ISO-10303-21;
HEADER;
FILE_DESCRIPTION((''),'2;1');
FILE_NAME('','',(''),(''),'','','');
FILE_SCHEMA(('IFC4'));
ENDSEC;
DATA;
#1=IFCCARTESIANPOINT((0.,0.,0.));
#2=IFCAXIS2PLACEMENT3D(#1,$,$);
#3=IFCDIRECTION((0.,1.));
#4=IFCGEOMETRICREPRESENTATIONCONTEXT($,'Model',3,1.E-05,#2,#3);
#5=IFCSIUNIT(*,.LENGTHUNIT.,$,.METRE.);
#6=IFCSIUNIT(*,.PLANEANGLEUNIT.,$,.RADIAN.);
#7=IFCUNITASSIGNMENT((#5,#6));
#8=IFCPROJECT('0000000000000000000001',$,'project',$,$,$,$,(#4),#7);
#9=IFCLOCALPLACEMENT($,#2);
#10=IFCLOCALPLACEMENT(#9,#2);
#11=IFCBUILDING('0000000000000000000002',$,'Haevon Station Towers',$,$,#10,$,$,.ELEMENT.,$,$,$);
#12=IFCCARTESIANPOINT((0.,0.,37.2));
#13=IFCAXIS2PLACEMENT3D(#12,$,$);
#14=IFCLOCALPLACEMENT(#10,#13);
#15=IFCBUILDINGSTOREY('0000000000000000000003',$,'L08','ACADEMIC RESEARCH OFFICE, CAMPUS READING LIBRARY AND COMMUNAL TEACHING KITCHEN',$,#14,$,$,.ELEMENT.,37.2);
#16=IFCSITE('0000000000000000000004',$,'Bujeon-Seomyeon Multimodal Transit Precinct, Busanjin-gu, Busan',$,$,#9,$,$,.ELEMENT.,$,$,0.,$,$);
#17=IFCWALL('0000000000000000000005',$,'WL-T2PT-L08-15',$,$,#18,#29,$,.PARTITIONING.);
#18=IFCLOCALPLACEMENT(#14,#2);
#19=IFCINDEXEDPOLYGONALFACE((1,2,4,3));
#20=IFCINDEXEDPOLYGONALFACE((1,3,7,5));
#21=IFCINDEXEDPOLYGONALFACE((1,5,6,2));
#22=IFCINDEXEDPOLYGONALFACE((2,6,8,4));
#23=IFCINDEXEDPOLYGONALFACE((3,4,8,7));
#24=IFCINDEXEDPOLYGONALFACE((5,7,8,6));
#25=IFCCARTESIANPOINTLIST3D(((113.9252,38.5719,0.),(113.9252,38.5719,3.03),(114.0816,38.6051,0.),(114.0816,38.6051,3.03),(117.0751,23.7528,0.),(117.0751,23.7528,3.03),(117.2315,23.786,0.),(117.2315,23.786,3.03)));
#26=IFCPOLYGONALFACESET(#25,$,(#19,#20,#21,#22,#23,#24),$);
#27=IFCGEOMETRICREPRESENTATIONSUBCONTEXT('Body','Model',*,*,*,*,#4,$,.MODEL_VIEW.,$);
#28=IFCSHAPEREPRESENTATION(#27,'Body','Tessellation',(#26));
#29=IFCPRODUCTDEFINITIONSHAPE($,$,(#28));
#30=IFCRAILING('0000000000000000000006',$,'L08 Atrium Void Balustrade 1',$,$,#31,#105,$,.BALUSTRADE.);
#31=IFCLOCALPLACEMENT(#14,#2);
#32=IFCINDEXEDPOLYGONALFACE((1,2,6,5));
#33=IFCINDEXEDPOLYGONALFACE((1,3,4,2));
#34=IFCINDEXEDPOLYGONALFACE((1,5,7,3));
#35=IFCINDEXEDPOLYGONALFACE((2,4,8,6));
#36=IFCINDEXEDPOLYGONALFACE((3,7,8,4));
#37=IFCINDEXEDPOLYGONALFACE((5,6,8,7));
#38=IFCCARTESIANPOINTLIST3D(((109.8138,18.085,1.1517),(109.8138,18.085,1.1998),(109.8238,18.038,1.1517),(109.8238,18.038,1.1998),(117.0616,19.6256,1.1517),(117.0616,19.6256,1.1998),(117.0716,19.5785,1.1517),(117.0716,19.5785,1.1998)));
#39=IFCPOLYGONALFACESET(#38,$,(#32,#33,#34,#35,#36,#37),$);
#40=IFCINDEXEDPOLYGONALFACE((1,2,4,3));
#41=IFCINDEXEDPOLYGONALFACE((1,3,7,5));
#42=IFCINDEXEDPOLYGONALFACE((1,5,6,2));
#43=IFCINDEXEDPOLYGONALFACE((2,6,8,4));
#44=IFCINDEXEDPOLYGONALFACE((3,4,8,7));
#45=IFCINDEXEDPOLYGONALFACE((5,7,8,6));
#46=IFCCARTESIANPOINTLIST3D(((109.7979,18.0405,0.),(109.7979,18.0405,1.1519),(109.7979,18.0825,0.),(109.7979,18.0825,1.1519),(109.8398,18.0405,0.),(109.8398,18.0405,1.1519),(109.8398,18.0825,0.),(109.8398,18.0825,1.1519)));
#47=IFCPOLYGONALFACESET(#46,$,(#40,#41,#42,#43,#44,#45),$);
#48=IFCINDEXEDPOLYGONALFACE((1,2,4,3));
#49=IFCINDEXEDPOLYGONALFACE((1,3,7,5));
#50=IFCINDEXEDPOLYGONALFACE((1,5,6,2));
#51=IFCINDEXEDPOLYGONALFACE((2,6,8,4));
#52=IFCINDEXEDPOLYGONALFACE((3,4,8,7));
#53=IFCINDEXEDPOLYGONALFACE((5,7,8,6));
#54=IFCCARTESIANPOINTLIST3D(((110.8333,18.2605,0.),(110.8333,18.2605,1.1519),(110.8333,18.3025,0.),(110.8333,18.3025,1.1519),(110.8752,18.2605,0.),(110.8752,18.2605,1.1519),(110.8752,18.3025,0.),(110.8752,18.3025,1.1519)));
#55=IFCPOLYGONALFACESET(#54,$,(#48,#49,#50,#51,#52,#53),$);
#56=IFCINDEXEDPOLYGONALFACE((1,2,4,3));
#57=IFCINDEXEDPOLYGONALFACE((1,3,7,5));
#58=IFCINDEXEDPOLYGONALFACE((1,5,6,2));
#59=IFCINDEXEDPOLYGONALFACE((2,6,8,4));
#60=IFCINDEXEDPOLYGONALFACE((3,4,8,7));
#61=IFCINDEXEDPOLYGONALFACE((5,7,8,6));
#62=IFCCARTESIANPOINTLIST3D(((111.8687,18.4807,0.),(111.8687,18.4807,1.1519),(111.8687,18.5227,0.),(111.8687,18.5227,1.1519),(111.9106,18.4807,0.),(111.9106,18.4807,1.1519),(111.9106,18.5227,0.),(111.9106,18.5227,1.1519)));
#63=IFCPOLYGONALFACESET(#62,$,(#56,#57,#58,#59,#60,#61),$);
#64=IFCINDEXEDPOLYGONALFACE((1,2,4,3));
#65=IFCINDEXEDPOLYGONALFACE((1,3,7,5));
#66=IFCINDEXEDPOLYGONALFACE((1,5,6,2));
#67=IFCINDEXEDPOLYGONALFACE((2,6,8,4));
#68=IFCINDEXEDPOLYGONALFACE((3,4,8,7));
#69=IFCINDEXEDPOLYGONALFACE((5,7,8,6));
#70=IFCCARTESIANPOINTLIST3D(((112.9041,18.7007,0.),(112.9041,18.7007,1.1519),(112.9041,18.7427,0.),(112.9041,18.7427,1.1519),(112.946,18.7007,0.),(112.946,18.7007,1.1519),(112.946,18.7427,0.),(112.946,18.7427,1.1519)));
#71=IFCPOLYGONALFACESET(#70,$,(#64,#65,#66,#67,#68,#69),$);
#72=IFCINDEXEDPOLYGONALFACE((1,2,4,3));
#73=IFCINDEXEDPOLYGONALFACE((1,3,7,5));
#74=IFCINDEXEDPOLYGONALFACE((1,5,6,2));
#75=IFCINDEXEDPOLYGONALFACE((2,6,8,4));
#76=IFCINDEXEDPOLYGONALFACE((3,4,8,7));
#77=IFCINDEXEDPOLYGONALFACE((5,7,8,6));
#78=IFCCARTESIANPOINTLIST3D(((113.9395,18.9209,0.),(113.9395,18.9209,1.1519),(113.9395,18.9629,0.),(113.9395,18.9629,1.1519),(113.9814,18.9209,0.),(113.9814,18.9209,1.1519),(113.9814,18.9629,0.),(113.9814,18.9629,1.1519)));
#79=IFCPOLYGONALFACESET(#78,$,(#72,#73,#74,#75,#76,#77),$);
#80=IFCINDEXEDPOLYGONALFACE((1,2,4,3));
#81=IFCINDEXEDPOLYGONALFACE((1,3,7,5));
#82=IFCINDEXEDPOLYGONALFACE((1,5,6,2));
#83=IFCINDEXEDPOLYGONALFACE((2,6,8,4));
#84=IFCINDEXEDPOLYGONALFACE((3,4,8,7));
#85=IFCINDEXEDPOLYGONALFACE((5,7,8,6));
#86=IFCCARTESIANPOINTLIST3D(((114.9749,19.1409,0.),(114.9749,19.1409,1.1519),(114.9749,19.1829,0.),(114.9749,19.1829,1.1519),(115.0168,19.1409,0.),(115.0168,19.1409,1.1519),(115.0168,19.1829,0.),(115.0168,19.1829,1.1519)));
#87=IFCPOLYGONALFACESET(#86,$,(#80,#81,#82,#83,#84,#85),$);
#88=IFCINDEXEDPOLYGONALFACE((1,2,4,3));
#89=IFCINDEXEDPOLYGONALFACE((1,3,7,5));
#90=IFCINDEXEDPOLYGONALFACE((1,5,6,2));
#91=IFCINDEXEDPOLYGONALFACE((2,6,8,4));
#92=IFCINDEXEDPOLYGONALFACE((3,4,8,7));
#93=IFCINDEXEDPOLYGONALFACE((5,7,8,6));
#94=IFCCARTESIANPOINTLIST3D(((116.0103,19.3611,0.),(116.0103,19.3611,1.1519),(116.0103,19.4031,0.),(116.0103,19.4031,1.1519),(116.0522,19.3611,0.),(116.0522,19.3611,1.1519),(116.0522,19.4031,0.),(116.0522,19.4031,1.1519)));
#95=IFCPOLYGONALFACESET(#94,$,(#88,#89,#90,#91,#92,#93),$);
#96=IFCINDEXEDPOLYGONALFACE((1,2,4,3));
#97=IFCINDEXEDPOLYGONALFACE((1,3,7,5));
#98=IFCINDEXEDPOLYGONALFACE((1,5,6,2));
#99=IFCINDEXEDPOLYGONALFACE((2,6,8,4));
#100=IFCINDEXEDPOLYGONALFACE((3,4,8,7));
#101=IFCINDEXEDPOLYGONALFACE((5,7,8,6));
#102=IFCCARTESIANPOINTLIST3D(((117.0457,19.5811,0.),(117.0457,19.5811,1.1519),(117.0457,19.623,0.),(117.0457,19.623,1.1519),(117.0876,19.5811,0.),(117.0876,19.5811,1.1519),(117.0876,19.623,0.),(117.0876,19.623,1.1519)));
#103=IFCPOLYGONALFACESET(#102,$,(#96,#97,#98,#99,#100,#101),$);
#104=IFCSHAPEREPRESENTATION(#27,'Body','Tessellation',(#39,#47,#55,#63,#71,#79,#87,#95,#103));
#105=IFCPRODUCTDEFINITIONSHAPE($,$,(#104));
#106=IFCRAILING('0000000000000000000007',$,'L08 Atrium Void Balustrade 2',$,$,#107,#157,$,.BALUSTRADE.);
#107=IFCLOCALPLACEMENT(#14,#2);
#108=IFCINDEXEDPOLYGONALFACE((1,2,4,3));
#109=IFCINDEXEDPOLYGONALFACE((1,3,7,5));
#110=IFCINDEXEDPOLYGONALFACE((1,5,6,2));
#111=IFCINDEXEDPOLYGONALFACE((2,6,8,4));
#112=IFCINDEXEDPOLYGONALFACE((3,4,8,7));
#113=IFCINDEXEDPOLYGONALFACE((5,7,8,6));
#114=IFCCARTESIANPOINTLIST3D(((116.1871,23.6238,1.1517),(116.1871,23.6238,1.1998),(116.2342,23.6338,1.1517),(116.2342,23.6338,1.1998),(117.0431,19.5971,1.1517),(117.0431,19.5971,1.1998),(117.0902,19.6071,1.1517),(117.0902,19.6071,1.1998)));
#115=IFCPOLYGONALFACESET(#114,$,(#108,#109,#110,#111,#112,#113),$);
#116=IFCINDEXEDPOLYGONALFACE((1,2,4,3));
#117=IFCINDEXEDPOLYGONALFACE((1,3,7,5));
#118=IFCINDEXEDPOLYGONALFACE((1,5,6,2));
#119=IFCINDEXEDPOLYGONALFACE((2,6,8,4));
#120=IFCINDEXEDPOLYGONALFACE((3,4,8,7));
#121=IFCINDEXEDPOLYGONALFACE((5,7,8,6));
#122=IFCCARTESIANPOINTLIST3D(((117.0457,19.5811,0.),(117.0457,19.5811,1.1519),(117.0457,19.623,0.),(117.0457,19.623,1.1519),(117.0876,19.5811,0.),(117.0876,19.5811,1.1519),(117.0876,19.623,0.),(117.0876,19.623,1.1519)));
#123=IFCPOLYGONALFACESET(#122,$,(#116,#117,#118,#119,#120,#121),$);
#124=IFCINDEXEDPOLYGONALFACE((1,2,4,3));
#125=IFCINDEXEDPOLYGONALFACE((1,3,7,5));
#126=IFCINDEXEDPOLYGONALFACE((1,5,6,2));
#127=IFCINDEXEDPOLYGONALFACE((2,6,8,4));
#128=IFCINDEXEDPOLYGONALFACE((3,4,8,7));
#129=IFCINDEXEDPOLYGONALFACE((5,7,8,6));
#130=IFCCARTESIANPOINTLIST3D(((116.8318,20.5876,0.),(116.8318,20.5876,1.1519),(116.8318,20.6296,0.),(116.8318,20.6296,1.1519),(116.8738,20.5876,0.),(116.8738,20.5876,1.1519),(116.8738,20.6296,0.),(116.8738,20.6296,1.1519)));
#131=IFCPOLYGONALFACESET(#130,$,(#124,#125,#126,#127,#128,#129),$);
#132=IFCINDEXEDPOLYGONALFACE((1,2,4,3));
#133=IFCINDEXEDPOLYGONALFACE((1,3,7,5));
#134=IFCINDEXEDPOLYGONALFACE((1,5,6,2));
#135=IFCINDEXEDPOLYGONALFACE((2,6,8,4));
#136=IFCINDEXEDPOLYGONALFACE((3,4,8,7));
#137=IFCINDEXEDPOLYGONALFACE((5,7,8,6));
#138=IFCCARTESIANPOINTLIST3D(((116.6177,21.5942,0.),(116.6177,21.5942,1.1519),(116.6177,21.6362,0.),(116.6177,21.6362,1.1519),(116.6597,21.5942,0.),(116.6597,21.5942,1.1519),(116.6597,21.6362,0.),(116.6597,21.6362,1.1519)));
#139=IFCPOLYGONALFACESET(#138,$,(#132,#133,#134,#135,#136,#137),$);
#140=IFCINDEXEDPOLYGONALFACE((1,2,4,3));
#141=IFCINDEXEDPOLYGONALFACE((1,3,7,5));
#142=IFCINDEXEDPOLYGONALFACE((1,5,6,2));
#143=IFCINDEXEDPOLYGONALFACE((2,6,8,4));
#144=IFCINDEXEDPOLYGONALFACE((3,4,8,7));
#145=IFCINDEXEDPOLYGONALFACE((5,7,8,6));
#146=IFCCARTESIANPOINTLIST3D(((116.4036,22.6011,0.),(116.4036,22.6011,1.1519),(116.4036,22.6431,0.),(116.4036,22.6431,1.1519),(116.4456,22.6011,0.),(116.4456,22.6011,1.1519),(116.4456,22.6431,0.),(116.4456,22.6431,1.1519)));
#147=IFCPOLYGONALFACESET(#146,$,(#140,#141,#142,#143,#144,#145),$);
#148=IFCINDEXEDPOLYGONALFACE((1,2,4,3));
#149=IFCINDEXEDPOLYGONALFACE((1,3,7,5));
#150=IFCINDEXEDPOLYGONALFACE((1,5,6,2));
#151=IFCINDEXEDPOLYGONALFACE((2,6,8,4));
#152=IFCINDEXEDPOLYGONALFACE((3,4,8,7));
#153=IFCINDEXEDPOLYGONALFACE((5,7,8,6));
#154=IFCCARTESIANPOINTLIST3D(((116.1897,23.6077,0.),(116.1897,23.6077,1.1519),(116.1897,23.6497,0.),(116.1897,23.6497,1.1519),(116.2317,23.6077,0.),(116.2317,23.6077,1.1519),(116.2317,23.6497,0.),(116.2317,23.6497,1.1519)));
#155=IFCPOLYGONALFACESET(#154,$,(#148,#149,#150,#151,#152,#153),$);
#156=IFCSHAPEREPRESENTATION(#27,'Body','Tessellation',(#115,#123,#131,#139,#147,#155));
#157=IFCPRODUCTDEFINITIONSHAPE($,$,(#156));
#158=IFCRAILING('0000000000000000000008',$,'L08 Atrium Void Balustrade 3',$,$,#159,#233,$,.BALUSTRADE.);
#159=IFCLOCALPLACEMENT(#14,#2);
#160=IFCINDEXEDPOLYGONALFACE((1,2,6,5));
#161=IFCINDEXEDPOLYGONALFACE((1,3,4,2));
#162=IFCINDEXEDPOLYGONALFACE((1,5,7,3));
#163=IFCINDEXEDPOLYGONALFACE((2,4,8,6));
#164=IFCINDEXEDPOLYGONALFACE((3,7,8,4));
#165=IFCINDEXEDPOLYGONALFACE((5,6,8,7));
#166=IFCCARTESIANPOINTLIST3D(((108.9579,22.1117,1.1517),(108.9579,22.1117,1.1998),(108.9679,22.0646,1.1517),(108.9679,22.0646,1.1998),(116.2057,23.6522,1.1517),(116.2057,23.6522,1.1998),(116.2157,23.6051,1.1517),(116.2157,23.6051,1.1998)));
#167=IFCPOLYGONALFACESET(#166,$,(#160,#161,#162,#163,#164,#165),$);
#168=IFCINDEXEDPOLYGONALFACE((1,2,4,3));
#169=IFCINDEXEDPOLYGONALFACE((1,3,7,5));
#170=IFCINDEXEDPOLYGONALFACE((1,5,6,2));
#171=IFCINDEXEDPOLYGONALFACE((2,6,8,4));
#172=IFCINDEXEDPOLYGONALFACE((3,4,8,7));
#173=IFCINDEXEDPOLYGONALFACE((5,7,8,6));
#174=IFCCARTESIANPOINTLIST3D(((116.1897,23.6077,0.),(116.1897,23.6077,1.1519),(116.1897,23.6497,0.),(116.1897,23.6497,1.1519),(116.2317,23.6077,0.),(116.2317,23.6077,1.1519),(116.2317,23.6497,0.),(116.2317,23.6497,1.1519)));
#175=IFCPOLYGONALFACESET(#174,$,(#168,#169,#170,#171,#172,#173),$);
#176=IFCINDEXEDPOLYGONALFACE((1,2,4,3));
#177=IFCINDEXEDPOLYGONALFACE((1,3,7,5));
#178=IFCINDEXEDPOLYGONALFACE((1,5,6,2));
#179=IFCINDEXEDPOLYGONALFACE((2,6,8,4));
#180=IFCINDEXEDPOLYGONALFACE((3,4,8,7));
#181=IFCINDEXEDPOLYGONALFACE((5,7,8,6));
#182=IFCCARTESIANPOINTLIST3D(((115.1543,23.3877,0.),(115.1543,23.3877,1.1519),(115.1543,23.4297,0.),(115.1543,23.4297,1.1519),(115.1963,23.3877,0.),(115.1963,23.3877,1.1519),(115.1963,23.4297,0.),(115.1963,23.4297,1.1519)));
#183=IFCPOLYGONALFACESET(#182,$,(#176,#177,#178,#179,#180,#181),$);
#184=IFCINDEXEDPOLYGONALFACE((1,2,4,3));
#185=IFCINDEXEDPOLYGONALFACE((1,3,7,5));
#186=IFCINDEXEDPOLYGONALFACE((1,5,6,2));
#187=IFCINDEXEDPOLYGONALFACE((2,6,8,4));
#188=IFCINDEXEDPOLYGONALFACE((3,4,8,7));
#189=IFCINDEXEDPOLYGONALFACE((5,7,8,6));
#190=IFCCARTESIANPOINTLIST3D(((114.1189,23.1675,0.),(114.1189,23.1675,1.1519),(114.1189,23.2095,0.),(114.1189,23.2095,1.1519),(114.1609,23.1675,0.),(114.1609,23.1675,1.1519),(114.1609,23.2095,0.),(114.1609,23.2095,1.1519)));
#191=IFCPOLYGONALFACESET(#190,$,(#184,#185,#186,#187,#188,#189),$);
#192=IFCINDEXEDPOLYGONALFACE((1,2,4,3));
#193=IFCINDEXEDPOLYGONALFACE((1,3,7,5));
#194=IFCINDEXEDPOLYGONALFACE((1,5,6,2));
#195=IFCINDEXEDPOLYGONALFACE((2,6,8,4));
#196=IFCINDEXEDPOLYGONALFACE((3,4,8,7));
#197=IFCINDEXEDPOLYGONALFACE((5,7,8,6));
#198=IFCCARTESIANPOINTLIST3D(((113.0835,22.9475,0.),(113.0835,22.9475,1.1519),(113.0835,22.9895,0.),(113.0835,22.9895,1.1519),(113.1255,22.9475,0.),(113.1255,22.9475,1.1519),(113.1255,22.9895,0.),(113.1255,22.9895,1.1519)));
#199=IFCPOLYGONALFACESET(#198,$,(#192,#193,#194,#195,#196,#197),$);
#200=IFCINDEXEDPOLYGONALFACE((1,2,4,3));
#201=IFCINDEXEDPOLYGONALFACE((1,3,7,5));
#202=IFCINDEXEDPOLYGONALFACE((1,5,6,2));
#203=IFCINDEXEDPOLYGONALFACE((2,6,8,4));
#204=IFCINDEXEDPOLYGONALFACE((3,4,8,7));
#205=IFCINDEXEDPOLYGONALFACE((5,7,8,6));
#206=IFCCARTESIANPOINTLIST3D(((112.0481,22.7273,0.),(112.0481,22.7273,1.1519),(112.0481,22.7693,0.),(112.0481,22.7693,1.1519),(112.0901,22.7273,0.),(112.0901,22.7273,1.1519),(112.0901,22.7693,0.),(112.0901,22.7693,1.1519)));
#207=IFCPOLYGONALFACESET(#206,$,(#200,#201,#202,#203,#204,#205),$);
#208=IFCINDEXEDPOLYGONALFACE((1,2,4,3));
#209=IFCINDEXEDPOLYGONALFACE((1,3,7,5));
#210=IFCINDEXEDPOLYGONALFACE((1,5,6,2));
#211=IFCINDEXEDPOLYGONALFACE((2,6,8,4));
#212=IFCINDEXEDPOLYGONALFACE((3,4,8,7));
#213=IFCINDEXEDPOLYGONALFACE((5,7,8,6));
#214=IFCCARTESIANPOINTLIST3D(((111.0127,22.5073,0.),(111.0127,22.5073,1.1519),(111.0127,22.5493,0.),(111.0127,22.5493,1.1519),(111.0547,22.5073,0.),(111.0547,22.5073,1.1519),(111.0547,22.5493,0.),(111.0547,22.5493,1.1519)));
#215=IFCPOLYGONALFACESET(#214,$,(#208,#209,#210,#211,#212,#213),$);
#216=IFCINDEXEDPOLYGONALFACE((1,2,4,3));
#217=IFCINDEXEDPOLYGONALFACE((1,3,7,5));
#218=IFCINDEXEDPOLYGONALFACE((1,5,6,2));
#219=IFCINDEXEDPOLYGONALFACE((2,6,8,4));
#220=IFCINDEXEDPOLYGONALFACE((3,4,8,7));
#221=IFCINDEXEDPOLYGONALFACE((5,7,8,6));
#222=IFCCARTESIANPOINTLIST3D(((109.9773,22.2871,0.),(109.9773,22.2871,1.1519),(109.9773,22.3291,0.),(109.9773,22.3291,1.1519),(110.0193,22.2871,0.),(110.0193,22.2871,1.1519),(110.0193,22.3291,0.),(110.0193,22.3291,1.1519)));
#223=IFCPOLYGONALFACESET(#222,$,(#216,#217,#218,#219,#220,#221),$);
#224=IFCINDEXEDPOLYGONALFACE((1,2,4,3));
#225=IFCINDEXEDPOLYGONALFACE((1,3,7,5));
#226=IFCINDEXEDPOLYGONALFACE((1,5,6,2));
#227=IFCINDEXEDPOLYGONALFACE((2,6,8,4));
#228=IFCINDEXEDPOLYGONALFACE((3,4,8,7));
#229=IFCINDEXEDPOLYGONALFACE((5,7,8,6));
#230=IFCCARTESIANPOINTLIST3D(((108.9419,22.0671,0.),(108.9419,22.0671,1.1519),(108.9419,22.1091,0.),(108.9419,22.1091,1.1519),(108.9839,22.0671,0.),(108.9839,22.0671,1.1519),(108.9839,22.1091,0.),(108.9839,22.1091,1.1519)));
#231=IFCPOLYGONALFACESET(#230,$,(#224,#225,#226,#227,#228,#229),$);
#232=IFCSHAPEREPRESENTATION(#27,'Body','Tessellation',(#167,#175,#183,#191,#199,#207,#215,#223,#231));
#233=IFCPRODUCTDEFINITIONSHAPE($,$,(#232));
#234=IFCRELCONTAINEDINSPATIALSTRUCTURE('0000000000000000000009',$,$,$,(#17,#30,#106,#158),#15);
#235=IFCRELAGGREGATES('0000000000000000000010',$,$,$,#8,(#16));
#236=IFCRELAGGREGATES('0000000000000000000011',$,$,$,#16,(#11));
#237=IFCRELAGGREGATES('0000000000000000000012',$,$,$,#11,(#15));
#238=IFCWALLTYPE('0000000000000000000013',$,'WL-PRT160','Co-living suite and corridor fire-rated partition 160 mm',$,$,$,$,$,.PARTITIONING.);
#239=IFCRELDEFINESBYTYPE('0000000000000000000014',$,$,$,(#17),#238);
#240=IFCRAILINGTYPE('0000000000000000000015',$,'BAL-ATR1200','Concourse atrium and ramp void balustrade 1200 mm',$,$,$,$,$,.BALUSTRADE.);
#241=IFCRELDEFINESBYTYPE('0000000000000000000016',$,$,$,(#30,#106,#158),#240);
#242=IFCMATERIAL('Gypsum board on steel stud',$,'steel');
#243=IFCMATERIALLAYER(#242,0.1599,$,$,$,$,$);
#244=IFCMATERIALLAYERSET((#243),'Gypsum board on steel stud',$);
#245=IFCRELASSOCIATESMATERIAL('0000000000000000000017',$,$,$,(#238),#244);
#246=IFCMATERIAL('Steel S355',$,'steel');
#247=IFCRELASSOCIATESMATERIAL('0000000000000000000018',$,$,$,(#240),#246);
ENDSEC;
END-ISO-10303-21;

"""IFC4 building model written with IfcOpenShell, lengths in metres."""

from ifc_helpers import new_model, si_unit, direction, frame, frame_2d, origin, origin_2d, place, context, subcontext, project, spatial, rectangle, extrude, material, layer, layer_set, type_object, element, save


model = new_model("IFC4")

# Units and contexts
model_context = context("Model", 3, precision=1e-05, world=origin(), true_north=direction((0.0, 1.0)))
body_context = subcontext(model_context, "Body", "Model", "MODEL_VIEW")
ifc_project = project(units=[si_unit("LENGTHUNIT", "METRE"), si_unit("PLANEANGLEUNIT", "RADIAN")], contexts=[model_context])

# Site, building, storey
site_placement = place(None, origin())
site = spatial("IfcSite", under=ifc_project, at=site_placement, Name="Bujeon-Seomyeon Multimodal Transit Precinct, Busanjin-gu, Busan", CompositionType="ELEMENT", RefElevation=0.0)
building_placement = place(site_placement, origin())
building = spatial("IfcBuilding", under=site, at=building_placement, Name="Haevon Station Towers", CompositionType="ELEMENT")
storey_placement = place(building_placement, frame((0.0, 0.0, 37.2)))
storey = spatial("IfcBuildingStorey", under=building, at=storey_placement, Name="L08", Description="ACADEMIC RESEARCH OFFICE, CAMPUS READING LIBRARY AND COMMUNAL TEACHING KITCHEN", CompositionType="ELEMENT", Elevation=37.2)

# Shared definitions
ifc_material_1 = material(Name="Steel S355", Category="steel")

# Shared definitions
ifc_material_2 = material(Name="Gypsum board on steel stud", Category="steel")

# Wall
ifc_layer_1 = layer(ifc_material_2, 0.1599)
ifc_layer_set_1 = layer_set([ifc_layer_1], Name="Gypsum board on steel stud")
wall_type_1 = type_object("IfcWallType", Name="WL-PRT160", Description="Co-living suite and corridor fire-rated partition 160 mm", PredefinedType="PARTITIONING", material=ifc_layer_set_1)
for number, where, z_axis, x_axis, name in (
    (1, (117.1533, 23.7693, 0.0), (0.0, 0.0, 1.0), (-0.207912, 0.978148, 0.0), "WL-T2PT-L08-15"),
):
    element("IfcWall", number, at=place(storey_placement, frame(where, z_axis=z_axis, x_axis=x_axis)), inside=storey, type_object=wall_type_1, Name=name, PredefinedType="PARTITIONING", context=body_context, shape_type="SweptSolid", body=[
        extrude(rectangle(XDim=15.1501, YDim=0.1599, at=frame_2d((7.5752, 0.0))), origin(), (0.0, 0.0, 1.0), 3.03),
    ])

# Railings
railing_type = type_object("IfcRailingType", Name="BAL-ATR1200", Description="Concourse atrium and ramp void balustrade 1200 mm", PredefinedType="BALUSTRADE", material=ifc_material_1)
railing_1_placement = place(storey_placement, frame((109.8188, 18.0615, 0.0)))
element("IfcRailing", 2, at=railing_1_placement, inside=storey, type_object=railing_type, Name="L08 Atrium Void Balustrade 1", PredefinedType="BALUSTRADE", context=body_context, shape_type="SweptSolid", body=[
    extrude(rectangle(XDim=0.0481, YDim=0.0481, at=origin_2d()), frame((0.0, 0.0, 1.1758), z_axis=(0.978149, 0.207906, 0.0), x_axis=(-0.207906, 0.978149, 0.0)), (0.0, 0.0, 1.0), 7.4097),
    extrude(rectangle(XDim=0.042, YDim=0.042, at=origin_2d()), origin(), (0.0, 0.0, 1.0), 1.1519),
    extrude(rectangle(XDim=0.042, YDim=0.042, at=origin_2d()), frame((1.0354, 0.22, 0.0)), (0.0, 0.0, 1.0), 1.1519),
    extrude(rectangle(XDim=0.042, YDim=0.042, at=origin_2d()), frame((2.0708, 0.4402, 0.0)), (0.0, 0.0, 1.0), 1.1519),
    extrude(rectangle(XDim=0.042, YDim=0.042, at=origin_2d()), frame((3.1062, 0.6602, 0.0)), (0.0, 0.0, 1.0), 1.1519),
    extrude(rectangle(XDim=0.042, YDim=0.042, at=origin_2d()), frame((4.1416, 0.8804, 0.0)), (0.0, 0.0, 1.0), 1.1519),
    extrude(rectangle(XDim=0.042, YDim=0.042, at=origin_2d()), frame((5.177, 1.1003, 0.0)), (0.0, 0.0, 1.0), 1.1519),
    extrude(rectangle(XDim=0.042, YDim=0.042, at=origin_2d()), frame((6.2124, 1.3206, 0.0)), (0.0, 0.0, 1.0), 1.1519),
    extrude(rectangle(XDim=0.042, YDim=0.042, at=origin_2d()), frame((7.2478, 1.5405, 0.0)), (0.0, 0.0, 1.0), 1.1519),
])
railing_2_placement = place(storey_placement, frame((117.0667, 19.6021, 0.0)))
element("IfcRailing", 3, at=railing_2_placement, inside=storey, type_object=railing_type, Name="L08 Atrium Void Balustrade 2", PredefinedType="BALUSTRADE", context=body_context, shape_type="SweptSolid", body=[
    extrude(rectangle(XDim=0.0481, YDim=0.0481, at=origin_2d()), frame((0.0, 0.0, 1.1758), z_axis=(-0.207929, 0.978144, 0.0), x_axis=(-0.978144, -0.207929, 0.0)), (0.0, 0.0, 1.0), 4.1167),
    extrude(rectangle(XDim=0.042, YDim=0.042, at=origin_2d()), origin(), (0.0, 0.0, 1.0), 1.1519),
    extrude(rectangle(XDim=0.042, YDim=0.042, at=origin_2d()), frame((-0.2139, 1.0066, 0.0)), (0.0, 0.0, 1.0), 1.1519),
    extrude(rectangle(XDim=0.042, YDim=0.042, at=origin_2d()), frame((-0.428, 2.0132, 0.0)), (0.0, 0.0, 1.0), 1.1519),
    extrude(rectangle(XDim=0.042, YDim=0.042, at=origin_2d()), frame((-0.6421, 3.02, 0.0)), (0.0, 0.0, 1.0), 1.1519),
    extrude(rectangle(XDim=0.042, YDim=0.042, at=origin_2d()), frame((-0.856, 4.0266, 0.0)), (0.0, 0.0, 1.0), 1.1519),
])
railing_3_placement = place(storey_placement, frame((116.2107, 23.6287, 0.0)))
element("IfcRailing", 4, at=railing_3_placement, inside=storey, type_object=railing_type, Name="L08 Atrium Void Balustrade 3", PredefinedType="BALUSTRADE", context=body_context, shape_type="SweptSolid", body=[
    extrude(rectangle(XDim=0.0481, YDim=0.0481, at=origin_2d()), frame((0.0, 0.0, 1.1758), z_axis=(-0.978149, -0.207906, 0.0), x_axis=(0.207906, -0.978149, 0.0)), (0.0, 0.0, 1.0), 7.4097),
    extrude(rectangle(XDim=0.042, YDim=0.042, at=origin_2d()), origin(), (0.0, 0.0, 1.0), 1.1519),
    extrude(rectangle(XDim=0.042, YDim=0.042, at=origin_2d()), frame((-1.0354, -0.22, 0.0)), (0.0, 0.0, 1.0), 1.1519),
    extrude(rectangle(XDim=0.042, YDim=0.042, at=origin_2d()), frame((-2.0708, -0.4402, 0.0)), (0.0, 0.0, 1.0), 1.1519),
    extrude(rectangle(XDim=0.042, YDim=0.042, at=origin_2d()), frame((-3.1062, -0.6602, 0.0)), (0.0, 0.0, 1.0), 1.1519),
    extrude(rectangle(XDim=0.042, YDim=0.042, at=origin_2d()), frame((-4.1416, -0.8804, 0.0)), (0.0, 0.0, 1.0), 1.1519),
    extrude(rectangle(XDim=0.042, YDim=0.042, at=origin_2d()), frame((-5.177, -1.1003, 0.0)), (0.0, 0.0, 1.0), 1.1519),
    extrude(rectangle(XDim=0.042, YDim=0.042, at=origin_2d()), frame((-6.2124, -1.3206, 0.0)), (0.0, 0.0, 1.0), 1.1519),
    extrude(rectangle(XDim=0.042, YDim=0.042, at=origin_2d()), frame((-7.2478, -1.5405, 0.0)), (0.0, 0.0, 1.0), 1.1519),
])

save(model, "model.ifc")
